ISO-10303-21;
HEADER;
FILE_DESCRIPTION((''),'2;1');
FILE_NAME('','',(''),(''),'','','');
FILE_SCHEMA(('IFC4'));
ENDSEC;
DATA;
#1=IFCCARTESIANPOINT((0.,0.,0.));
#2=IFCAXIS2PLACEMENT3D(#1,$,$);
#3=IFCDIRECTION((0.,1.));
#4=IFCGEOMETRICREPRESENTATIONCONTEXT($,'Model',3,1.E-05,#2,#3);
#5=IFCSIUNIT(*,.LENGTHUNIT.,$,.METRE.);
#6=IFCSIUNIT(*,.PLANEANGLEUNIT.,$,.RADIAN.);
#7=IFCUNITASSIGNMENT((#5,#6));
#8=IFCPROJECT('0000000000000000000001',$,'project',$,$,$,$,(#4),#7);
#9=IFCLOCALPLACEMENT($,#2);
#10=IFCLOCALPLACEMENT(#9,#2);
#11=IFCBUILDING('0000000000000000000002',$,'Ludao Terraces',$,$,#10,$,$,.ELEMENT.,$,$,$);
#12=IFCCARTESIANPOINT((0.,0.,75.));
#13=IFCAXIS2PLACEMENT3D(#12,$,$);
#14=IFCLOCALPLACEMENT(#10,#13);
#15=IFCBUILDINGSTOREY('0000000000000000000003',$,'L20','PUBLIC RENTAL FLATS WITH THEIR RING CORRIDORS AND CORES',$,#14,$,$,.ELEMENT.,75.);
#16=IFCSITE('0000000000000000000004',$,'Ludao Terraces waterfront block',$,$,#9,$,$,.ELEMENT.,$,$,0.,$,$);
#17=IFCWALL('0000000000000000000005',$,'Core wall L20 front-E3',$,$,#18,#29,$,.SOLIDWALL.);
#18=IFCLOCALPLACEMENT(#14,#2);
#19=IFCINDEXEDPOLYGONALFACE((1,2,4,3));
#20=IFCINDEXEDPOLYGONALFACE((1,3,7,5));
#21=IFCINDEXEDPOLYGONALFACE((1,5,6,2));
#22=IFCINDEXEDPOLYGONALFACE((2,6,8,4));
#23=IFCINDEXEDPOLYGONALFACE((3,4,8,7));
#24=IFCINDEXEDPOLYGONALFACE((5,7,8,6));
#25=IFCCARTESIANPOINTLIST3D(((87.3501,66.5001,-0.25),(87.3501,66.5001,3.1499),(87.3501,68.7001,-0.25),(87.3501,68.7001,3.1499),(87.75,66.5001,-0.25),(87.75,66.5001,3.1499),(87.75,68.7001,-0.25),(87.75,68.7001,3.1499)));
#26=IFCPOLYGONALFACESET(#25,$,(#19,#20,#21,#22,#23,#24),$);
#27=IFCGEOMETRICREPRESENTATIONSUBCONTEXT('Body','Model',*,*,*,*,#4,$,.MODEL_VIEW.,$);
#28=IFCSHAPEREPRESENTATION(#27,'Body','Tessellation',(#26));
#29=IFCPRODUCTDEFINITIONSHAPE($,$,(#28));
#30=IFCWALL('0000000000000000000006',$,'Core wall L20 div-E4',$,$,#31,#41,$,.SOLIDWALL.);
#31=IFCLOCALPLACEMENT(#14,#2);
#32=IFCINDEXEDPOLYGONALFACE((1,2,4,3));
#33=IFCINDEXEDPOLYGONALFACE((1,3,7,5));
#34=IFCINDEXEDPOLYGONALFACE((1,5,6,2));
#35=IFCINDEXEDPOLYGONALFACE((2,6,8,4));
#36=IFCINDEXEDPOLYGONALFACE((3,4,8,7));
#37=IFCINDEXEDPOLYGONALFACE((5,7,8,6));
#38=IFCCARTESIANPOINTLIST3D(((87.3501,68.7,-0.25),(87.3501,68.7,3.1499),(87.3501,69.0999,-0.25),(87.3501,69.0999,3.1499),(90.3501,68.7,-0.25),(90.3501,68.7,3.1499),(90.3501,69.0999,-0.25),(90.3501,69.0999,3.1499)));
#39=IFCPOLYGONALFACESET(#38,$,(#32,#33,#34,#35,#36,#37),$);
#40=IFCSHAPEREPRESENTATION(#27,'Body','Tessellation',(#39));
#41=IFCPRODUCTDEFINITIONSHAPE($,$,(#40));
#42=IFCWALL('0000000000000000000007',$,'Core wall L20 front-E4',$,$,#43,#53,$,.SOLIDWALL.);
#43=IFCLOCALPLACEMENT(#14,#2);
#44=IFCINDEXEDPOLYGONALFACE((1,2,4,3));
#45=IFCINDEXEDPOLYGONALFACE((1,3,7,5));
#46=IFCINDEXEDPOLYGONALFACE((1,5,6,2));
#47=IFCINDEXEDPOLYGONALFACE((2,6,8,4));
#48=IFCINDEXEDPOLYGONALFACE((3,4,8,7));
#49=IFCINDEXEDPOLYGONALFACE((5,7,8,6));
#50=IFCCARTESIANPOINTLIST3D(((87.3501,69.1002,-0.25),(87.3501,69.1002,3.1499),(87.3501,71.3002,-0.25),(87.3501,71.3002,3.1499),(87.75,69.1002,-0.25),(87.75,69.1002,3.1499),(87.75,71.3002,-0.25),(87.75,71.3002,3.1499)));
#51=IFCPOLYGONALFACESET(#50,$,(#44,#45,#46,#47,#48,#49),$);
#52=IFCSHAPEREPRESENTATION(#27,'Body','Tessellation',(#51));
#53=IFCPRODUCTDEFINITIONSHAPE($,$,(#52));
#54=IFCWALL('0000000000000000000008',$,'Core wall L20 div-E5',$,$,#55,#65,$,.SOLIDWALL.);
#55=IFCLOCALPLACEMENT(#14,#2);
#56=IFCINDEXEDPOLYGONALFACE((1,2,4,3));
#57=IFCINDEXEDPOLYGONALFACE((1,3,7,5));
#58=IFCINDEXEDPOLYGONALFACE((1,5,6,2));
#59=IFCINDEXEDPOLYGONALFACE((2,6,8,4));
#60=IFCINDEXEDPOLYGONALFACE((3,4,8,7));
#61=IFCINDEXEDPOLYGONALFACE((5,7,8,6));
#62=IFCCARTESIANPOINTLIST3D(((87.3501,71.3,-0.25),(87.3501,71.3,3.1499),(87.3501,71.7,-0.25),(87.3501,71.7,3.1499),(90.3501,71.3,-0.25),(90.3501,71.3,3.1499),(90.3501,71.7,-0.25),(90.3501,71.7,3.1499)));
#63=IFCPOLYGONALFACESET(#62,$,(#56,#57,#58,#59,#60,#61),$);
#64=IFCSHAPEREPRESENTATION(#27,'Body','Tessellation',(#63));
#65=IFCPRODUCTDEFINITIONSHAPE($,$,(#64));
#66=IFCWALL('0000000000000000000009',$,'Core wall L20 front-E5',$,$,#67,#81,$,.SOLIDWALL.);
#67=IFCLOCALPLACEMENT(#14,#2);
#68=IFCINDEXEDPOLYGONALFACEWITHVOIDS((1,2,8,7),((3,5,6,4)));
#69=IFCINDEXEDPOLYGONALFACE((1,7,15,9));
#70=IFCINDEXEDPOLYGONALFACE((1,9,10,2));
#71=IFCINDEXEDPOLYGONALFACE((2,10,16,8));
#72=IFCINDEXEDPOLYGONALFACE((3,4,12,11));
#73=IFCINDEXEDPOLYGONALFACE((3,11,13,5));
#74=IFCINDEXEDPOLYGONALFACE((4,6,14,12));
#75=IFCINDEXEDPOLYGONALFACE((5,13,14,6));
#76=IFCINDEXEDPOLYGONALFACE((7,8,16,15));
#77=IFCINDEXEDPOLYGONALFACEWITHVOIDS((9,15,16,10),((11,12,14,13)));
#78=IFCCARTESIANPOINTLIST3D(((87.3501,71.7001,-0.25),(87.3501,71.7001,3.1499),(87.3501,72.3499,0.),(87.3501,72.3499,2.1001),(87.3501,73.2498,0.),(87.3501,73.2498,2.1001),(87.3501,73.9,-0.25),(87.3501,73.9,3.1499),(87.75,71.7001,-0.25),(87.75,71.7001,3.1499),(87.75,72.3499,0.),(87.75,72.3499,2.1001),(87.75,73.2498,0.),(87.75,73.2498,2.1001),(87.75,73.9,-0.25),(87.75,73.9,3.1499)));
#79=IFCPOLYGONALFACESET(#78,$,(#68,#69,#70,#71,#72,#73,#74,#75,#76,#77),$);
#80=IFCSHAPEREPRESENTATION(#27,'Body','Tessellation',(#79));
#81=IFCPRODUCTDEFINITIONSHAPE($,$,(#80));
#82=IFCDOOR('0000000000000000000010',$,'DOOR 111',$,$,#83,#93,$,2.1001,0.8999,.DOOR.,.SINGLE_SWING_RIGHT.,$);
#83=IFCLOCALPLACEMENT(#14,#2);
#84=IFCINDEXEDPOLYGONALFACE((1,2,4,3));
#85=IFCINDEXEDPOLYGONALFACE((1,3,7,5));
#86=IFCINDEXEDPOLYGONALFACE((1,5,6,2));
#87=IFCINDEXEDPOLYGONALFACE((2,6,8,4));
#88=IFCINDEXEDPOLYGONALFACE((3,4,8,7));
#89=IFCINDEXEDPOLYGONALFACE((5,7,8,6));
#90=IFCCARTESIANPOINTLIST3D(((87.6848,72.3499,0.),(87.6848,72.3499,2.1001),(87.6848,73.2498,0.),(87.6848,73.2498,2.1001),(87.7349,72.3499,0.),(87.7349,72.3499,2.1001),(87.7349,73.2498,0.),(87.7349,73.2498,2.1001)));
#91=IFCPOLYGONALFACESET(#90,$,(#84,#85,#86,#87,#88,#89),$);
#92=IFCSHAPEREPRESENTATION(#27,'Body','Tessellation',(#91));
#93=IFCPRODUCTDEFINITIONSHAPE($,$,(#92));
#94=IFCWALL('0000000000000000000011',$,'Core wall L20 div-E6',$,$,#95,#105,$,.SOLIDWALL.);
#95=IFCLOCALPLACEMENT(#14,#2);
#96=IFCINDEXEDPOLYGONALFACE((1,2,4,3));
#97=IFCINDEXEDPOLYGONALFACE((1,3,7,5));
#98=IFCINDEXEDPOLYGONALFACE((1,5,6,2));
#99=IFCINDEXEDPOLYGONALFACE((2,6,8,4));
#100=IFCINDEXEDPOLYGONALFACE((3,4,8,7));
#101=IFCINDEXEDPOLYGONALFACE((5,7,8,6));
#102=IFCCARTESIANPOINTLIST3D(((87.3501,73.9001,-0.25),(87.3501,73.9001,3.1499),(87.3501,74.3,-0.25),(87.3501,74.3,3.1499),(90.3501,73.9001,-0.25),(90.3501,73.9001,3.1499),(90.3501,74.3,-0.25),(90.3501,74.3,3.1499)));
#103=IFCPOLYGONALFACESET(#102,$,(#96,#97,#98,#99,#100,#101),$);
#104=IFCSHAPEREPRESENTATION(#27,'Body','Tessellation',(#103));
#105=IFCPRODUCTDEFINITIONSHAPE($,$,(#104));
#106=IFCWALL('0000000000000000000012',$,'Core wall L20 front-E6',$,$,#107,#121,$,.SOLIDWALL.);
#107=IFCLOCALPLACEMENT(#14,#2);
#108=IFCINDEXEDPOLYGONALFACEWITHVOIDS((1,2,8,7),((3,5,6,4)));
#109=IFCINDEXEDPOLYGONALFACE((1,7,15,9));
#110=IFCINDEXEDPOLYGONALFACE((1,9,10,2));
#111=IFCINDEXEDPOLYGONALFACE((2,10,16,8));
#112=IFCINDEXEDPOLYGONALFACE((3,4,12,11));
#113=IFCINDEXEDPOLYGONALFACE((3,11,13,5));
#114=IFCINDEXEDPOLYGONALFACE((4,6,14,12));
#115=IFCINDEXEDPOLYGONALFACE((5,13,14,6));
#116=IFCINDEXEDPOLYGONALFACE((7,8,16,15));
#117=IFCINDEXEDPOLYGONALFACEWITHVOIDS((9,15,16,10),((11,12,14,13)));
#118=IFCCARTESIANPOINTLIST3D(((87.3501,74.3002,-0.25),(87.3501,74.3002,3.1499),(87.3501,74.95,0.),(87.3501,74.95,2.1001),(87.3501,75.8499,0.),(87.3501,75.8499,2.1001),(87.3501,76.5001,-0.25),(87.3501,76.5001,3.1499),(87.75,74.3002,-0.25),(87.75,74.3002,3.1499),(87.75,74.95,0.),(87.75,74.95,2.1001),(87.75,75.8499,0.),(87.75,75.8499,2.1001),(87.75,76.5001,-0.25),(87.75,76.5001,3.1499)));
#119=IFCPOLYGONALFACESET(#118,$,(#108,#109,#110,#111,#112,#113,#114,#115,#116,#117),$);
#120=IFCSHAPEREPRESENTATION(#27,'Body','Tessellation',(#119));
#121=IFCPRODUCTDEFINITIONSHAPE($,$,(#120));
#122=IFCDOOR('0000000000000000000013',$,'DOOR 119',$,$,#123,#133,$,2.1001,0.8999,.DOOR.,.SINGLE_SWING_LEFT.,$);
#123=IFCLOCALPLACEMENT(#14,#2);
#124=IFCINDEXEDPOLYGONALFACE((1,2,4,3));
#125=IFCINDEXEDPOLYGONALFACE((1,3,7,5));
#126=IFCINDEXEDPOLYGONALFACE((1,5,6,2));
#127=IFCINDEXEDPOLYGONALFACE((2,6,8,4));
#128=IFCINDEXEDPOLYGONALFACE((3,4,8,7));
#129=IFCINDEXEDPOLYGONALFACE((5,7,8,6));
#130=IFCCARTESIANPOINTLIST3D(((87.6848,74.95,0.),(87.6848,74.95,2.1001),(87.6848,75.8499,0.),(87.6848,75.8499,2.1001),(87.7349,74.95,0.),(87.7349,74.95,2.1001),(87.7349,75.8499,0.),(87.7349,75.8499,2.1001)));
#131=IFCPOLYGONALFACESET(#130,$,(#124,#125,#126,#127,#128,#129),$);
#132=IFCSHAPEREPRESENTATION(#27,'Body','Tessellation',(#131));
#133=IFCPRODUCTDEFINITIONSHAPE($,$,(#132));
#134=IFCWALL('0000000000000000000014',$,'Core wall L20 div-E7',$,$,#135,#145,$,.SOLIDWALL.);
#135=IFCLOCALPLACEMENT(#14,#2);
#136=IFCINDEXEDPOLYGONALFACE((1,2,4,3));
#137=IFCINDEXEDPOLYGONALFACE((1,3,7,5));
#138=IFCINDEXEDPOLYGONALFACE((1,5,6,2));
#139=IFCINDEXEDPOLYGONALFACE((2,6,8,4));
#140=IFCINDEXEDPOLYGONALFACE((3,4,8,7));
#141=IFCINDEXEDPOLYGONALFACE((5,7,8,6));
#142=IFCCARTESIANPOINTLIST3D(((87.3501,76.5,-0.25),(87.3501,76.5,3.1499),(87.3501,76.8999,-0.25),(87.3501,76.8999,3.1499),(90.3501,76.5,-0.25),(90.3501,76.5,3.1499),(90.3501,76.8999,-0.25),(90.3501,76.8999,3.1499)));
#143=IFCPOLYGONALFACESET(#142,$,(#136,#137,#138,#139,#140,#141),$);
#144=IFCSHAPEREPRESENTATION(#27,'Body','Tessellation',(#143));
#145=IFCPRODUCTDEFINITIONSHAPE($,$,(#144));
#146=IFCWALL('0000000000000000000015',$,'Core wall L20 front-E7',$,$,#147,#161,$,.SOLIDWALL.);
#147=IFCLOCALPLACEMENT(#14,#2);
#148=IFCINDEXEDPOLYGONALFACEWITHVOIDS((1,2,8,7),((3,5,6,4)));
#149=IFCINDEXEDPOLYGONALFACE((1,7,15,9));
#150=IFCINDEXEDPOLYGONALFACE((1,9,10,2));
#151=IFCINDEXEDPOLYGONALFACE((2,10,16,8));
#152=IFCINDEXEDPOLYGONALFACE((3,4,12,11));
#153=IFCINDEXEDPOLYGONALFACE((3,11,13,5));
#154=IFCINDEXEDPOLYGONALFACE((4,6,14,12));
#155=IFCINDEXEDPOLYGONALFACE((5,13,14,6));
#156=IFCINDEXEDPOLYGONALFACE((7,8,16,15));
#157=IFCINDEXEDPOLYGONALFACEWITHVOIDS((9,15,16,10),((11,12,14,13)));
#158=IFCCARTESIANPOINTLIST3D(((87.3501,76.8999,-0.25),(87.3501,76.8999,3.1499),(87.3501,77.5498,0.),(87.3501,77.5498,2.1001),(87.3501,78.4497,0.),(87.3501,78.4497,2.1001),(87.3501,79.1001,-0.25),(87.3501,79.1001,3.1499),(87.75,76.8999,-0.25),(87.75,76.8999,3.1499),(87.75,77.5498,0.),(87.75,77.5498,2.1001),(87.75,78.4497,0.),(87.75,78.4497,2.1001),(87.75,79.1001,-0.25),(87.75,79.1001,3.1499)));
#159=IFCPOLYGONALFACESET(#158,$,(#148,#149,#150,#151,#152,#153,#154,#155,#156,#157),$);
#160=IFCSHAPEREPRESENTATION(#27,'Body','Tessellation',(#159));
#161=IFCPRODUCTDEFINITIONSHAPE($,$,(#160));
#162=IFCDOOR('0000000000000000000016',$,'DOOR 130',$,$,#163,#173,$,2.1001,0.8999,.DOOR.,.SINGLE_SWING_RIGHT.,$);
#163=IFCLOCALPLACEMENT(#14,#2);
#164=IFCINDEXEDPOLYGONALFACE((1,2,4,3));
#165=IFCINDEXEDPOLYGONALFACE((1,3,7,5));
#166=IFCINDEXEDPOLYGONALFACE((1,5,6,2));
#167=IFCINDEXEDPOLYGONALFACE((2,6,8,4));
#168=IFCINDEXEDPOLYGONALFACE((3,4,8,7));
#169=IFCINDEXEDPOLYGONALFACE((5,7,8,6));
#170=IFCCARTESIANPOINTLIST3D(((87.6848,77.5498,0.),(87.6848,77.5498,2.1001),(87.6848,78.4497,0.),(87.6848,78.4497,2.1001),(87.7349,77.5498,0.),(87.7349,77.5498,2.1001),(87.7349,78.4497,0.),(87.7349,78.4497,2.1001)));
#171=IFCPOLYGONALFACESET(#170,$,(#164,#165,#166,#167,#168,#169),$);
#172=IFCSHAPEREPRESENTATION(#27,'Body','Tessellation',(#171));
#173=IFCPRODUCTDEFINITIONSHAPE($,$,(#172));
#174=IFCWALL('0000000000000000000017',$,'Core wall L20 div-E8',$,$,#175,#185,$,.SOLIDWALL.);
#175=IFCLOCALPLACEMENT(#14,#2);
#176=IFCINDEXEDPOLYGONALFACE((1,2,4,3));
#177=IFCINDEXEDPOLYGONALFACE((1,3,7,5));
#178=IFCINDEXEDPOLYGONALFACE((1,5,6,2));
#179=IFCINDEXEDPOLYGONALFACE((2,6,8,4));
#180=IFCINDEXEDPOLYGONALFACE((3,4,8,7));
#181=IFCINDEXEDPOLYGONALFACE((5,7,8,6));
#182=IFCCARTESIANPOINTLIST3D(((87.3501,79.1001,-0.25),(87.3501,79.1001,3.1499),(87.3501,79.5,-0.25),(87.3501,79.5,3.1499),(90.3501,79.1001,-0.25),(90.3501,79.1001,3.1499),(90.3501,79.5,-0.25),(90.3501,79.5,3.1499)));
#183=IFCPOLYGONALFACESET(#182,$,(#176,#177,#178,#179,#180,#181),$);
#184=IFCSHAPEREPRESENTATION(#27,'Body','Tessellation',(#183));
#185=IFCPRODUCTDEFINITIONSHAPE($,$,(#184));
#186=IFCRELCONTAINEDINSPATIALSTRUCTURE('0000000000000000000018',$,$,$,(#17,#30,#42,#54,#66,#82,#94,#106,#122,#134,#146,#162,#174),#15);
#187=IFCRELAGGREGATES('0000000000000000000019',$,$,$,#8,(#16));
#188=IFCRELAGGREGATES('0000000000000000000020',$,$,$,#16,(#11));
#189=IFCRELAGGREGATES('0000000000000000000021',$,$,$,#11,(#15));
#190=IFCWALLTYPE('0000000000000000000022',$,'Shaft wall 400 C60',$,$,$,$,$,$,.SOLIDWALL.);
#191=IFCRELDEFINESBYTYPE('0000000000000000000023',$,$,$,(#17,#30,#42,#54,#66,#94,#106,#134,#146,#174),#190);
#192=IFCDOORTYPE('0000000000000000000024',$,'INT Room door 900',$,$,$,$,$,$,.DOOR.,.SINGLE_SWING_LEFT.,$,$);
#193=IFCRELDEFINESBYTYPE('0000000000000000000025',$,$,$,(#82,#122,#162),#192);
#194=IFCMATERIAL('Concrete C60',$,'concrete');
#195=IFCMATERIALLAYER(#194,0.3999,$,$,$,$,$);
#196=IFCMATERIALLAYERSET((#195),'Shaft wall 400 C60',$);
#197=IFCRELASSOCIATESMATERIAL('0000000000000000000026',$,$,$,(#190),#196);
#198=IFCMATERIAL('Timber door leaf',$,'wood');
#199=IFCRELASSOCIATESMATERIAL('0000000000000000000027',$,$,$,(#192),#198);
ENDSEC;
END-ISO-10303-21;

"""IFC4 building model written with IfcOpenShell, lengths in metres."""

from ifc_helpers import new_model, si_unit, direction, frame, frame_2d, origin, place, context, subcontext, project, spatial, rectangle, extrude, material, layer, layer_set, type_object, element, fill, save


model = new_model("IFC4")

# Units and contexts
model_context = context("Model", 3, precision=1e-05, world=origin(), true_north=direction((0.0, 1.0)))
body_context = subcontext(model_context, "Body", "Model", "MODEL_VIEW")
ifc_project = project(units=[si_unit("LENGTHUNIT", "METRE"), si_unit("PLANEANGLEUNIT", "RADIAN")], contexts=[model_context])

# Site, building, storey
site_placement = place(None, origin())
site = spatial("IfcSite", under=ifc_project, at=site_placement, Name="Ludao Terraces waterfront block", CompositionType="ELEMENT", RefElevation=0.0)
building_placement = place(site_placement, origin())
building = spatial("IfcBuilding", under=site, at=building_placement, Name="Ludao Terraces", CompositionType="ELEMENT")
storey_placement = place(building_placement, frame((0.0, 0.0, 75.0)))
storey = spatial("IfcBuildingStorey", under=building, at=storey_placement, Name="L20", Description="PUBLIC RENTAL FLATS WITH THEIR RING CORRIDORS AND CORES", CompositionType="ELEMENT", Elevation=75.0)

# Walls
ifc_material_1 = material(Name="Concrete C60", Category="concrete")
ifc_layer_1 = layer(ifc_material_1, 0.3999)
ifc_layer_set_1 = layer_set([ifc_layer_1], Name="Shaft wall 400 C60")
wall_type_1 = type_object("IfcWallType", Name="Shaft wall 400 C60", PredefinedType="SOLIDWALL", material=ifc_layer_set_1)
wall_1_placement = place(storey_placement, frame((87.55, 66.5, -0.25), z_axis=(0.0, 0.0, 1.0), x_axis=(0.0, 1.0, 0.0)))
element("IfcWall", 1, at=wall_1_placement, inside=storey, type_object=wall_type_1, Name="Core wall L20 front-E3", PredefinedType="SOLIDWALL", context=body_context, shape_type="SweptSolid", body=[
    extrude(rectangle(XDim=2.2, YDim=0.3999, at=frame_2d((1.1001, 0.0))), origin(), (0.0, 0.0, 1.0), 3.3999),
])
wall_2_placement = place(storey_placement, frame((87.3501, 68.8999, -0.25), z_axis=(0.0, 0.0, 1.0), x_axis=(1.0, 0.0, 0.0)))
element("IfcWall", 2, at=wall_2_placement, inside=storey, type_object=wall_type_1, Name="Core wall L20 div-E4", PredefinedType="SOLIDWALL", context=body_context, shape_type="SweptSolid", body=[
    extrude(rectangle(XDim=3.0, YDim=0.3999, at=frame_2d((1.5, 0.0))), origin(), (0.0, 0.0, 1.0), 3.3999),
])
wall_3_placement = place(storey_placement, frame((87.55, 69.1001, -0.25), z_axis=(0.0, 0.0, 1.0), x_axis=(0.0, 1.0, 0.0)))
element("IfcWall", 3, at=wall_3_placement, inside=storey, type_object=wall_type_1, Name="Core wall L20 front-E4", PredefinedType="SOLIDWALL", context=body_context, shape_type="SweptSolid", body=[
    extrude(rectangle(XDim=2.2, YDim=0.3999, at=frame_2d((1.1001, 0.0))), origin(), (0.0, 0.0, 1.0), 3.3999),
])
wall_4_placement = place(storey_placement, frame((87.3501, 71.5, -0.25), z_axis=(0.0, 0.0, 1.0), x_axis=(1.0, 0.0, 0.0)))
element("IfcWall", 4, at=wall_4_placement, inside=storey, type_object=wall_type_1, Name="Core wall L20 div-E5", PredefinedType="SOLIDWALL", context=body_context, shape_type="SweptSolid", body=[
    extrude(rectangle(XDim=3.0, YDim=0.3999, at=frame_2d((1.5, 0.0))), origin(), (0.0, 0.0, 1.0), 3.3999),
])

# Wall, opening, door
wall_5_placement = place(storey_placement, frame((87.55, 71.7, -0.25), z_axis=(0.0, 0.0, 1.0), x_axis=(0.0, 1.0, 0.0)))
wall_5 = element("IfcWall", 5, at=wall_5_placement, inside=storey, type_object=wall_type_1, Name="Core wall L20 front-E5", PredefinedType="SOLIDWALL", context=body_context, shape_type="SweptSolid", body=[
    extrude(rectangle(XDim=2.2, YDim=0.3999, at=frame_2d((1.1001, 0.0))), origin(), (0.0, 0.0, 1.0), 3.3999),
])
opening_1_placement = place(wall_5_placement, frame((0.6499, 0.0, 0.25)))
opening_1 = element("IfcOpeningElement", 6, at=opening_1_placement, cuts=wall_5, PredefinedType="OPENING", context=body_context, shape_type="SweptSolid", body=[
    extrude(rectangle(XDim=0.8999, YDim=2.1001, at=frame_2d((0.45, 1.05))), frame((0.0, 0.21, 0.0), z_axis=(0.0, -1.0, 0.0), x_axis=(1.0, 0.0, 0.0)), (0.0, 0.0, 1.0), 0.4199),
])
ifc_material_2 = material(Name="Timber door leaf", Category="wood")
door_type_1 = type_object("IfcDoorType", Name="INT Room door 900", OperationType="SINGLE_SWING_LEFT", PredefinedType="DOOR", material=ifc_material_2)
door_1_placement = place(opening_1_placement, origin())
door_1 = element("IfcDoor", 7, at=door_1_placement, inside=storey, type_object=door_type_1, Name="DOOR 111", OperationType="SINGLE_SWING_RIGHT", OverallHeight=2.1001, OverallWidth=0.8999, PredefinedType="DOOR", context=body_context, shape_type="SweptSolid", body=[
    extrude(rectangle(XDim=0.8999, YDim=2.1001, at=frame_2d((0.45, 1.05))), frame((0.0, -0.1348, 0.0), z_axis=(0.0, -1.0, 0.0), x_axis=(1.0, 0.0, 0.0)), (0.0, 0.0, 1.0), 0.05),
])
fill(opening_1, door_1)

# Wall
wall_6_placement = place(storey_placement, frame((87.3501, 74.1001, -0.25), z_axis=(0.0, 0.0, 1.0), x_axis=(1.0, 0.0, 0.0)))
element("IfcWall", 8, at=wall_6_placement, inside=storey, type_object=wall_type_1, Name="Core wall L20 div-E6", PredefinedType="SOLIDWALL", context=body_context, shape_type="SweptSolid", body=[
    extrude(rectangle(XDim=3.0, YDim=0.3999, at=frame_2d((1.5, 0.0))), origin(), (0.0, 0.0, 1.0), 3.3999),
])

# Wall, opening, door
wall_7_placement = place(storey_placement, frame((87.55, 74.3, -0.25), z_axis=(0.0, 0.0, 1.0), x_axis=(0.0, 1.0, 0.0)))
wall_7 = element("IfcWall", 9, at=wall_7_placement, inside=storey, type_object=wall_type_1, Name="Core wall L20 front-E6", PredefinedType="SOLIDWALL", context=body_context, shape_type="SweptSolid", body=[
    extrude(rectangle(XDim=2.2, YDim=0.3999, at=frame_2d((1.1001, 0.0))), origin(), (0.0, 0.0, 1.0), 3.3999),
])
opening_2_placement = place(wall_7_placement, frame((0.6499, 0.0, 0.25)))
opening_2 = element("IfcOpeningElement", 10, at=opening_2_placement, cuts=wall_7, PredefinedType="OPENING", context=body_context, shape_type="SweptSolid", body=[
    extrude(rectangle(XDim=0.8999, YDim=2.1001, at=frame_2d((0.45, 1.05))), frame((0.0, 0.21, 0.0), z_axis=(0.0, -1.0, 0.0), x_axis=(1.0, 0.0, 0.0)), (0.0, 0.0, 1.0), 0.4199),
])
door_2_placement = place(opening_2_placement, origin())
door_2 = element("IfcDoor", 11, at=door_2_placement, inside=storey, type_object=door_type_1, Name="DOOR 119", OperationType="SINGLE_SWING_LEFT", OverallHeight=2.1001, OverallWidth=0.8999, PredefinedType="DOOR", context=body_context, shape_type="SweptSolid", body=[
    extrude(rectangle(XDim=0.8999, YDim=2.1001, at=frame_2d((0.45, 1.05))), frame((0.0, -0.1348, 0.0), z_axis=(0.0, -1.0, 0.0), x_axis=(1.0, 0.0, 0.0)), (0.0, 0.0, 1.0), 0.05),
])
fill(opening_2, door_2)

# Wall
wall_8_placement = place(storey_placement, frame((87.3501, 76.7, -0.25), z_axis=(0.0, 0.0, 1.0), x_axis=(1.0, 0.0, 0.0)))
element("IfcWall", 12, at=wall_8_placement, inside=storey, type_object=wall_type_1, Name="Core wall L20 div-E7", PredefinedType="SOLIDWALL", context=body_context, shape_type="SweptSolid", body=[
    extrude(rectangle(XDim=3.0, YDim=0.3999, at=frame_2d((1.5, 0.0))), origin(), (0.0, 0.0, 1.0), 3.3999),
])

# Wall, opening, door
wall_9_placement = place(storey_placement, frame((87.55, 76.8999, -0.25), z_axis=(0.0, 0.0, 1.0), x_axis=(0.0, 1.0, 0.0)))
wall_9 = element("IfcWall", 13, at=wall_9_placement, inside=storey, type_object=wall_type_1, Name="Core wall L20 front-E7", PredefinedType="SOLIDWALL", context=body_context, shape_type="SweptSolid", body=[
    extrude(rectangle(XDim=2.2002, YDim=0.3999, at=frame_2d((1.1001, 0.0))), origin(), (0.0, 0.0, 1.0), 3.3999),
])
opening_3_placement = place(wall_9_placement, frame((0.6499, 0.0, 0.25)))
opening_3 = element("IfcOpeningElement", 14, at=opening_3_placement, cuts=wall_9, PredefinedType="OPENING", context=body_context, shape_type="SweptSolid", body=[
    extrude(rectangle(XDim=0.8999, YDim=2.1001, at=frame_2d((0.45, 1.05))), frame((0.0, 0.21, 0.0), z_axis=(0.0, -1.0, 0.0), x_axis=(1.0, 0.0, 0.0)), (0.0, 0.0, 1.0), 0.4199),
])
door_3_placement = place(opening_3_placement, origin())
door_3 = element("IfcDoor", 15, at=door_3_placement, inside=storey, type_object=door_type_1, Name="DOOR 130", OperationType="SINGLE_SWING_RIGHT", OverallHeight=2.1001, OverallWidth=0.8999, PredefinedType="DOOR", context=body_context, shape_type="SweptSolid", body=[
    extrude(rectangle(XDim=0.8999, YDim=2.1001, at=frame_2d((0.45, 1.05))), frame((0.0, -0.1348, 0.0), z_axis=(0.0, -1.0, 0.0), x_axis=(1.0, 0.0, 0.0)), (0.0, 0.0, 1.0), 0.05),
])
fill(opening_3, door_3)

# Wall
wall_10_placement = place(storey_placement, frame((87.3501, 79.3, -0.25), z_axis=(0.0, 0.0, 1.0), x_axis=(1.0, 0.0, 0.0)))
element("IfcWall", 16, at=wall_10_placement, inside=storey, type_object=wall_type_1, Name="Core wall L20 div-E8", PredefinedType="SOLIDWALL", context=body_context, shape_type="SweptSolid", body=[
    extrude(rectangle(XDim=3.0, YDim=0.3999, at=frame_2d((1.5, 0.0))), origin(), (0.0, 0.0, 1.0), 3.3999),
])

save(model, "model.ifc")
